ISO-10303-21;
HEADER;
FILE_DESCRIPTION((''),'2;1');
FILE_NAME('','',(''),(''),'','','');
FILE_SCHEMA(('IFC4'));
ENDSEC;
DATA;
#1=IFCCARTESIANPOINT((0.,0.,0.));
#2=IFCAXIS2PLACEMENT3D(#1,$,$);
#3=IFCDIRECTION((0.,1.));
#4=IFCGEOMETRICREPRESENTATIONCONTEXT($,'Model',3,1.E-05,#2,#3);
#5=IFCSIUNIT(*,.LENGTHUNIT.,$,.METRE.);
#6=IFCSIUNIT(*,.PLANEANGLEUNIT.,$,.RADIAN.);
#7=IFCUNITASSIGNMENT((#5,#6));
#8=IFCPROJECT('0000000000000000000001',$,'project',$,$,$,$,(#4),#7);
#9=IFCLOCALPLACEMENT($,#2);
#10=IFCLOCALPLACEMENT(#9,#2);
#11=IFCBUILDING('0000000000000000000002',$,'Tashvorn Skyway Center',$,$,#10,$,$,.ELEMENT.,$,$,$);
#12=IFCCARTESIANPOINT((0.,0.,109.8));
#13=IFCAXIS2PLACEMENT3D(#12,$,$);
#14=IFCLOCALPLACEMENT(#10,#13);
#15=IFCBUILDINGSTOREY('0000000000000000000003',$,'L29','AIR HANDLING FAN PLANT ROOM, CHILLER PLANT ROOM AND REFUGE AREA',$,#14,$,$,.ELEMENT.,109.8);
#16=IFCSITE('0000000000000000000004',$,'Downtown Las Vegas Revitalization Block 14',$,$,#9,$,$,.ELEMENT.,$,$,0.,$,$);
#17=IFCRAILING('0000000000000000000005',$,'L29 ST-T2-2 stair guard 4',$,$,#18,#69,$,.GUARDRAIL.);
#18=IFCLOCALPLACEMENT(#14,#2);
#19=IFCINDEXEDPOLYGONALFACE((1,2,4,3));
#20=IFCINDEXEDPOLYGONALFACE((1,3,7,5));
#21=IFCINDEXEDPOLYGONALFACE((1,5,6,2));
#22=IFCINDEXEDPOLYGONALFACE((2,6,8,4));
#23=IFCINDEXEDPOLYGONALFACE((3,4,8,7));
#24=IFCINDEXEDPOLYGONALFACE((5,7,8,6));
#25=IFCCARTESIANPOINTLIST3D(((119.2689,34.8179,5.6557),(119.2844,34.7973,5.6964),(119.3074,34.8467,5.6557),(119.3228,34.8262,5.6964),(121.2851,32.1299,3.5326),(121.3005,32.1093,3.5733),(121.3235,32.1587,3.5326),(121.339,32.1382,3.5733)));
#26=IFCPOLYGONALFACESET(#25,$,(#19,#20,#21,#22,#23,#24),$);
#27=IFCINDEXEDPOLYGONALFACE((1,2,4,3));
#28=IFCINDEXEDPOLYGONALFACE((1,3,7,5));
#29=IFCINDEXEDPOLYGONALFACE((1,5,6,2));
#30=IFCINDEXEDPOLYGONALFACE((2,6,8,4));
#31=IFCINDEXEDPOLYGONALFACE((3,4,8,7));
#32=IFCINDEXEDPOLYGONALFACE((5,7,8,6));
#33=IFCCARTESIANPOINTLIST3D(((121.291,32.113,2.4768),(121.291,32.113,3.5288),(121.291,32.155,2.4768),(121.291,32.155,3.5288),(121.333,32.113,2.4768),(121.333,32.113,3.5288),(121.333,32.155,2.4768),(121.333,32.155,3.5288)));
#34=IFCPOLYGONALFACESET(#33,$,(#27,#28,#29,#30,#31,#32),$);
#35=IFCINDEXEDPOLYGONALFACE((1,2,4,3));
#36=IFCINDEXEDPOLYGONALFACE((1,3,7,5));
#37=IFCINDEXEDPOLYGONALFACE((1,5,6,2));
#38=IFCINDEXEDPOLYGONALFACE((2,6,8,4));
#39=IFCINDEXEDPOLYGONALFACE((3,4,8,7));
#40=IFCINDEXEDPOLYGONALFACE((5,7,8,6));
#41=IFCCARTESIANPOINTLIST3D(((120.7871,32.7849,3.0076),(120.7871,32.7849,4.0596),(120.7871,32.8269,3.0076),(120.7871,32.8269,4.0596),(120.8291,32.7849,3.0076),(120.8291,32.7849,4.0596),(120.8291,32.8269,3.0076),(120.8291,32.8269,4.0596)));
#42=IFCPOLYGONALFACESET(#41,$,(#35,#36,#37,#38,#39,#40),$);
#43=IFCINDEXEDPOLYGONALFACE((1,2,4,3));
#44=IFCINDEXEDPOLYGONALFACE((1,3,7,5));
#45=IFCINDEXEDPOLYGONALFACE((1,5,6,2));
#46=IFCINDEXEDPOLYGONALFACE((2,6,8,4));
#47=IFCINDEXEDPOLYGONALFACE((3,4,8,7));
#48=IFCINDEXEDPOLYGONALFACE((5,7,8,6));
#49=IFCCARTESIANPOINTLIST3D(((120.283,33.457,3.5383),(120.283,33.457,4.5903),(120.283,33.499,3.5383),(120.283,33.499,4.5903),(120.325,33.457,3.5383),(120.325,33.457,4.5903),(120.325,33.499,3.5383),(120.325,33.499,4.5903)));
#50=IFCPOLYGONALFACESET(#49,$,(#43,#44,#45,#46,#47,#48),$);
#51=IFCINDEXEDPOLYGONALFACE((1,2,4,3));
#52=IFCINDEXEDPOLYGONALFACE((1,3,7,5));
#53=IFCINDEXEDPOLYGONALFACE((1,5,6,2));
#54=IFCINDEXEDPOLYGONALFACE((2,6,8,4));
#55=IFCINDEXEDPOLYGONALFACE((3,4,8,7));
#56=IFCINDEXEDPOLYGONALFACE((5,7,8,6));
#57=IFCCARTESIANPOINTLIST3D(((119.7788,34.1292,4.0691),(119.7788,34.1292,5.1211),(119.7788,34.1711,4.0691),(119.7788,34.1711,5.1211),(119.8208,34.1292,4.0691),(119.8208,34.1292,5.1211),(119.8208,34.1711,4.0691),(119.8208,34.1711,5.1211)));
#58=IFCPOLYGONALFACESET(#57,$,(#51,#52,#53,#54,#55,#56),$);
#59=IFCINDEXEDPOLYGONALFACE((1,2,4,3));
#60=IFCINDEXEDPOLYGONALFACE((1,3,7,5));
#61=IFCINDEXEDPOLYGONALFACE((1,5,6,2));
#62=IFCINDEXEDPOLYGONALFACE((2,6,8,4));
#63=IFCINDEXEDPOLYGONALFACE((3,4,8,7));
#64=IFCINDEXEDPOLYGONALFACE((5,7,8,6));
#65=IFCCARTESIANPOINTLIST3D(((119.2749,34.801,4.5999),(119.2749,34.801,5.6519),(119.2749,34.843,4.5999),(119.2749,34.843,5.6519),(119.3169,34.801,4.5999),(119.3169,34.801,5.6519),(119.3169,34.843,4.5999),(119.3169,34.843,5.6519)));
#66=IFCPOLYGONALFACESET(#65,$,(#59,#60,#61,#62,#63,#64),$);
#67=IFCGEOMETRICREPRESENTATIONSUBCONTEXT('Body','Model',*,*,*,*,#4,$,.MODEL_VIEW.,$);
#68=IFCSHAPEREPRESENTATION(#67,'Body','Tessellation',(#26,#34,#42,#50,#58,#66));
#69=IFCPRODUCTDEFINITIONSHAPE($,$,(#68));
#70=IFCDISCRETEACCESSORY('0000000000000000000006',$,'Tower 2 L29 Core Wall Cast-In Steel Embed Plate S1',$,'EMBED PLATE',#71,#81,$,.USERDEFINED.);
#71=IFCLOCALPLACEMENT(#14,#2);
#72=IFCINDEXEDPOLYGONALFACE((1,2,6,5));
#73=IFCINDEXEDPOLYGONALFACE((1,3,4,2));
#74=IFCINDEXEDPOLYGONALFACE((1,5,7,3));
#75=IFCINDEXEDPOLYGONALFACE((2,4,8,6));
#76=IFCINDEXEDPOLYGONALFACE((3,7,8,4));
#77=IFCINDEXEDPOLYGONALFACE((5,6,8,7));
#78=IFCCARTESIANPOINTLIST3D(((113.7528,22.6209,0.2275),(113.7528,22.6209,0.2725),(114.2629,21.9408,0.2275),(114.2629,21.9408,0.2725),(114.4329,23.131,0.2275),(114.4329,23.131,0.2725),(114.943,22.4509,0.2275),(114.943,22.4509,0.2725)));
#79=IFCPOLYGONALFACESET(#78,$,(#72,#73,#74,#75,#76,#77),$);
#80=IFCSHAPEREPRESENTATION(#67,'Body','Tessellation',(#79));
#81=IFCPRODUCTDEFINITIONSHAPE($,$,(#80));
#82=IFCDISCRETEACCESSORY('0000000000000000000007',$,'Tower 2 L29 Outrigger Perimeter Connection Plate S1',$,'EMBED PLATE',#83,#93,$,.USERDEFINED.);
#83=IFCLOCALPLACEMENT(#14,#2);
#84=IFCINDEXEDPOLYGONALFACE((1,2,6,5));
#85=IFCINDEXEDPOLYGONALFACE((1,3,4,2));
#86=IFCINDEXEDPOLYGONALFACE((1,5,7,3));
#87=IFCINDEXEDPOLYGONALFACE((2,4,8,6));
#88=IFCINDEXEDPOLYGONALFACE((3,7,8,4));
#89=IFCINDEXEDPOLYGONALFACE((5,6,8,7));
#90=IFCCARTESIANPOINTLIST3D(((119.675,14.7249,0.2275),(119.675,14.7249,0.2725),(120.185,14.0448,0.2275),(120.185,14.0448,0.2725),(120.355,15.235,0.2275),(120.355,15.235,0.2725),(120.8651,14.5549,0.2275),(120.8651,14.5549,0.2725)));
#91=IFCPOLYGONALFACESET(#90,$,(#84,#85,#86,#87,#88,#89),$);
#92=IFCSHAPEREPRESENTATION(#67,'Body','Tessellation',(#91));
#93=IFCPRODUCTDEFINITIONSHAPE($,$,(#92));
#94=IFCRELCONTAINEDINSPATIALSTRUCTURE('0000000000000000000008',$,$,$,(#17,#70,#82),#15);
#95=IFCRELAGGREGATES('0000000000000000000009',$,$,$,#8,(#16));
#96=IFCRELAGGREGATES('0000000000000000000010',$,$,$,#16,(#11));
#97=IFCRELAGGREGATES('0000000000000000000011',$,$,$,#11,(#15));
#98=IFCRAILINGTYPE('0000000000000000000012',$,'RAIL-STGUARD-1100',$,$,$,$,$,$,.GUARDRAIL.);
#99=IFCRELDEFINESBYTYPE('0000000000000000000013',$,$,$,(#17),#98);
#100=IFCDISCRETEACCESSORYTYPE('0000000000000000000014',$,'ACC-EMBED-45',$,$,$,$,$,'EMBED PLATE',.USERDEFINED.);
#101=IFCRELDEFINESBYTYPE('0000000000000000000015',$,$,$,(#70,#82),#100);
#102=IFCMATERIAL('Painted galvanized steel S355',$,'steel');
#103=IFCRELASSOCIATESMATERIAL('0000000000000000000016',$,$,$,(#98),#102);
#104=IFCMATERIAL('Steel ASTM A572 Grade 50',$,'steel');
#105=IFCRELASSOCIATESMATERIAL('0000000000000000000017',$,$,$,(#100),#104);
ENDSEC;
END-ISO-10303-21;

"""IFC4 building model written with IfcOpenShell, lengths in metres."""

from ifc_helpers import new_model, si_unit, direction, frame, origin, origin_2d, place, context, subcontext, project, spatial, rectangle, extrude, material, type_object, element, save


model = new_model("IFC4")

# Units and contexts
model_context = context("Model", 3, precision=1e-05, world=origin(), true_north=direction((0.0, 1.0)))
body_context = subcontext(model_context, "Body", "Model", "MODEL_VIEW")
ifc_project = project(units=[si_unit("LENGTHUNIT", "METRE"), si_unit("PLANEANGLEUNIT", "RADIAN")], contexts=[model_context])

# Site, building, storey
site_placement = place(None, origin())
site = spatial("IfcSite", under=ifc_project, at=site_placement, Name="Downtown Las Vegas Revitalization Block 14", CompositionType="ELEMENT", RefElevation=0.0)
building_placement = place(site_placement, origin())
building = spatial("IfcBuilding", under=site, at=building_placement, Name="Tashvorn Skyway Center", CompositionType="ELEMENT")
storey_placement = place(building_placement, frame((0.0, 0.0, 109.8)))
storey = spatial("IfcBuildingStorey", under=building, at=storey_placement, Name="L29", Description="AIR HANDLING FAN PLANT ROOM, CHILLER PLANT ROOM AND REFUGE AREA", CompositionType="ELEMENT", Elevation=109.8)

# Shared definitions
ifc_material_1 = material(Name="Steel ASTM A572 Grade 50", Category="steel")

# Railing
ifc_material_2 = material(Name="Painted galvanized steel S355", Category="steel")
railing_type_1 = type_object("IfcRailingType", Name="RAIL-STGUARD-1100", PredefinedType="GUARDRAIL", material=ifc_material_2)
railing_1_placement = place(storey_placement, frame((121.312, 32.134, 2.4768)))
element("IfcRailing", 1, at=railing_1_placement, inside=storey, type_object=railing_type_1, Name="L29 ST-T2-2 stair guard 4", PredefinedType="GUARDRAIL", context=body_context, shape_type="SweptSolid", body=[
    extrude(rectangle(XDim=0.0481, YDim=0.0481, at=origin_2d()), frame((0.0, 0.0, 1.0762), z_axis=(-0.507251, 0.676294, 0.534156), x_axis=(-0.799983, -0.600023, 0.0)), (0.0, 0.0, 1.0), 3.9746),
    extrude(rectangle(XDim=0.042, YDim=0.042, at=origin_2d()), origin(), (0.0, 0.0, 1.0), 1.052),
    extrude(rectangle(XDim=0.042, YDim=0.042, at=origin_2d()), frame((-0.5039, 0.6719, 0.5308)), (0.0, 0.0, 1.0), 1.052),
    extrude(rectangle(XDim=0.042, YDim=0.042, at=origin_2d()), frame((-1.0081, 1.344, 1.0615)), (0.0, 0.0, 1.0), 1.052),
    extrude(rectangle(XDim=0.042, YDim=0.042, at=origin_2d()), frame((-1.5122, 2.0161, 1.5923)), (0.0, 0.0, 1.0), 1.052),
    extrude(rectangle(XDim=0.042, YDim=0.042, at=origin_2d()), frame((-2.0161, 2.688, 2.123)), (0.0, 0.0, 1.0), 1.052),
])

# Discrete accessories
discrete_accessory_type = type_object("IfcDiscreteAccessoryType", Name="ACC-EMBED-45", ElementType="EMBED PLATE", PredefinedType="USERDEFINED", material=ifc_material_1)
for number, where, z_axis, x_axis, name in (
    (2, (114.3479, 22.5359, 0.2275), (0.0, 0.0, 1.0), (0.8, 0.6, 0.0), "Tower 2 L29 Core Wall Cast-In Steel Embed Plate S1"),
    (3, (120.27, 14.6399, 0.2275), (0.0, 0.0, 1.0), (0.8, 0.6, 0.0), "Tower 2 L29 Outrigger Perimeter Connection Plate S1"),
):
    element("IfcDiscreteAccessory", number, at=place(storey_placement, frame(where, z_axis=z_axis, x_axis=x_axis)), inside=storey, type_object=discrete_accessory_type, Name=name, ObjectType="EMBED PLATE", PredefinedType="USERDEFINED", context=body_context, shape_type="SweptSolid", body=[
        extrude(rectangle(XDim=0.8501, YDim=0.8501, at=origin_2d()), origin(), (0.0, 0.0, 1.0), 0.0449),
    ])

save(model, "model.ifc")
